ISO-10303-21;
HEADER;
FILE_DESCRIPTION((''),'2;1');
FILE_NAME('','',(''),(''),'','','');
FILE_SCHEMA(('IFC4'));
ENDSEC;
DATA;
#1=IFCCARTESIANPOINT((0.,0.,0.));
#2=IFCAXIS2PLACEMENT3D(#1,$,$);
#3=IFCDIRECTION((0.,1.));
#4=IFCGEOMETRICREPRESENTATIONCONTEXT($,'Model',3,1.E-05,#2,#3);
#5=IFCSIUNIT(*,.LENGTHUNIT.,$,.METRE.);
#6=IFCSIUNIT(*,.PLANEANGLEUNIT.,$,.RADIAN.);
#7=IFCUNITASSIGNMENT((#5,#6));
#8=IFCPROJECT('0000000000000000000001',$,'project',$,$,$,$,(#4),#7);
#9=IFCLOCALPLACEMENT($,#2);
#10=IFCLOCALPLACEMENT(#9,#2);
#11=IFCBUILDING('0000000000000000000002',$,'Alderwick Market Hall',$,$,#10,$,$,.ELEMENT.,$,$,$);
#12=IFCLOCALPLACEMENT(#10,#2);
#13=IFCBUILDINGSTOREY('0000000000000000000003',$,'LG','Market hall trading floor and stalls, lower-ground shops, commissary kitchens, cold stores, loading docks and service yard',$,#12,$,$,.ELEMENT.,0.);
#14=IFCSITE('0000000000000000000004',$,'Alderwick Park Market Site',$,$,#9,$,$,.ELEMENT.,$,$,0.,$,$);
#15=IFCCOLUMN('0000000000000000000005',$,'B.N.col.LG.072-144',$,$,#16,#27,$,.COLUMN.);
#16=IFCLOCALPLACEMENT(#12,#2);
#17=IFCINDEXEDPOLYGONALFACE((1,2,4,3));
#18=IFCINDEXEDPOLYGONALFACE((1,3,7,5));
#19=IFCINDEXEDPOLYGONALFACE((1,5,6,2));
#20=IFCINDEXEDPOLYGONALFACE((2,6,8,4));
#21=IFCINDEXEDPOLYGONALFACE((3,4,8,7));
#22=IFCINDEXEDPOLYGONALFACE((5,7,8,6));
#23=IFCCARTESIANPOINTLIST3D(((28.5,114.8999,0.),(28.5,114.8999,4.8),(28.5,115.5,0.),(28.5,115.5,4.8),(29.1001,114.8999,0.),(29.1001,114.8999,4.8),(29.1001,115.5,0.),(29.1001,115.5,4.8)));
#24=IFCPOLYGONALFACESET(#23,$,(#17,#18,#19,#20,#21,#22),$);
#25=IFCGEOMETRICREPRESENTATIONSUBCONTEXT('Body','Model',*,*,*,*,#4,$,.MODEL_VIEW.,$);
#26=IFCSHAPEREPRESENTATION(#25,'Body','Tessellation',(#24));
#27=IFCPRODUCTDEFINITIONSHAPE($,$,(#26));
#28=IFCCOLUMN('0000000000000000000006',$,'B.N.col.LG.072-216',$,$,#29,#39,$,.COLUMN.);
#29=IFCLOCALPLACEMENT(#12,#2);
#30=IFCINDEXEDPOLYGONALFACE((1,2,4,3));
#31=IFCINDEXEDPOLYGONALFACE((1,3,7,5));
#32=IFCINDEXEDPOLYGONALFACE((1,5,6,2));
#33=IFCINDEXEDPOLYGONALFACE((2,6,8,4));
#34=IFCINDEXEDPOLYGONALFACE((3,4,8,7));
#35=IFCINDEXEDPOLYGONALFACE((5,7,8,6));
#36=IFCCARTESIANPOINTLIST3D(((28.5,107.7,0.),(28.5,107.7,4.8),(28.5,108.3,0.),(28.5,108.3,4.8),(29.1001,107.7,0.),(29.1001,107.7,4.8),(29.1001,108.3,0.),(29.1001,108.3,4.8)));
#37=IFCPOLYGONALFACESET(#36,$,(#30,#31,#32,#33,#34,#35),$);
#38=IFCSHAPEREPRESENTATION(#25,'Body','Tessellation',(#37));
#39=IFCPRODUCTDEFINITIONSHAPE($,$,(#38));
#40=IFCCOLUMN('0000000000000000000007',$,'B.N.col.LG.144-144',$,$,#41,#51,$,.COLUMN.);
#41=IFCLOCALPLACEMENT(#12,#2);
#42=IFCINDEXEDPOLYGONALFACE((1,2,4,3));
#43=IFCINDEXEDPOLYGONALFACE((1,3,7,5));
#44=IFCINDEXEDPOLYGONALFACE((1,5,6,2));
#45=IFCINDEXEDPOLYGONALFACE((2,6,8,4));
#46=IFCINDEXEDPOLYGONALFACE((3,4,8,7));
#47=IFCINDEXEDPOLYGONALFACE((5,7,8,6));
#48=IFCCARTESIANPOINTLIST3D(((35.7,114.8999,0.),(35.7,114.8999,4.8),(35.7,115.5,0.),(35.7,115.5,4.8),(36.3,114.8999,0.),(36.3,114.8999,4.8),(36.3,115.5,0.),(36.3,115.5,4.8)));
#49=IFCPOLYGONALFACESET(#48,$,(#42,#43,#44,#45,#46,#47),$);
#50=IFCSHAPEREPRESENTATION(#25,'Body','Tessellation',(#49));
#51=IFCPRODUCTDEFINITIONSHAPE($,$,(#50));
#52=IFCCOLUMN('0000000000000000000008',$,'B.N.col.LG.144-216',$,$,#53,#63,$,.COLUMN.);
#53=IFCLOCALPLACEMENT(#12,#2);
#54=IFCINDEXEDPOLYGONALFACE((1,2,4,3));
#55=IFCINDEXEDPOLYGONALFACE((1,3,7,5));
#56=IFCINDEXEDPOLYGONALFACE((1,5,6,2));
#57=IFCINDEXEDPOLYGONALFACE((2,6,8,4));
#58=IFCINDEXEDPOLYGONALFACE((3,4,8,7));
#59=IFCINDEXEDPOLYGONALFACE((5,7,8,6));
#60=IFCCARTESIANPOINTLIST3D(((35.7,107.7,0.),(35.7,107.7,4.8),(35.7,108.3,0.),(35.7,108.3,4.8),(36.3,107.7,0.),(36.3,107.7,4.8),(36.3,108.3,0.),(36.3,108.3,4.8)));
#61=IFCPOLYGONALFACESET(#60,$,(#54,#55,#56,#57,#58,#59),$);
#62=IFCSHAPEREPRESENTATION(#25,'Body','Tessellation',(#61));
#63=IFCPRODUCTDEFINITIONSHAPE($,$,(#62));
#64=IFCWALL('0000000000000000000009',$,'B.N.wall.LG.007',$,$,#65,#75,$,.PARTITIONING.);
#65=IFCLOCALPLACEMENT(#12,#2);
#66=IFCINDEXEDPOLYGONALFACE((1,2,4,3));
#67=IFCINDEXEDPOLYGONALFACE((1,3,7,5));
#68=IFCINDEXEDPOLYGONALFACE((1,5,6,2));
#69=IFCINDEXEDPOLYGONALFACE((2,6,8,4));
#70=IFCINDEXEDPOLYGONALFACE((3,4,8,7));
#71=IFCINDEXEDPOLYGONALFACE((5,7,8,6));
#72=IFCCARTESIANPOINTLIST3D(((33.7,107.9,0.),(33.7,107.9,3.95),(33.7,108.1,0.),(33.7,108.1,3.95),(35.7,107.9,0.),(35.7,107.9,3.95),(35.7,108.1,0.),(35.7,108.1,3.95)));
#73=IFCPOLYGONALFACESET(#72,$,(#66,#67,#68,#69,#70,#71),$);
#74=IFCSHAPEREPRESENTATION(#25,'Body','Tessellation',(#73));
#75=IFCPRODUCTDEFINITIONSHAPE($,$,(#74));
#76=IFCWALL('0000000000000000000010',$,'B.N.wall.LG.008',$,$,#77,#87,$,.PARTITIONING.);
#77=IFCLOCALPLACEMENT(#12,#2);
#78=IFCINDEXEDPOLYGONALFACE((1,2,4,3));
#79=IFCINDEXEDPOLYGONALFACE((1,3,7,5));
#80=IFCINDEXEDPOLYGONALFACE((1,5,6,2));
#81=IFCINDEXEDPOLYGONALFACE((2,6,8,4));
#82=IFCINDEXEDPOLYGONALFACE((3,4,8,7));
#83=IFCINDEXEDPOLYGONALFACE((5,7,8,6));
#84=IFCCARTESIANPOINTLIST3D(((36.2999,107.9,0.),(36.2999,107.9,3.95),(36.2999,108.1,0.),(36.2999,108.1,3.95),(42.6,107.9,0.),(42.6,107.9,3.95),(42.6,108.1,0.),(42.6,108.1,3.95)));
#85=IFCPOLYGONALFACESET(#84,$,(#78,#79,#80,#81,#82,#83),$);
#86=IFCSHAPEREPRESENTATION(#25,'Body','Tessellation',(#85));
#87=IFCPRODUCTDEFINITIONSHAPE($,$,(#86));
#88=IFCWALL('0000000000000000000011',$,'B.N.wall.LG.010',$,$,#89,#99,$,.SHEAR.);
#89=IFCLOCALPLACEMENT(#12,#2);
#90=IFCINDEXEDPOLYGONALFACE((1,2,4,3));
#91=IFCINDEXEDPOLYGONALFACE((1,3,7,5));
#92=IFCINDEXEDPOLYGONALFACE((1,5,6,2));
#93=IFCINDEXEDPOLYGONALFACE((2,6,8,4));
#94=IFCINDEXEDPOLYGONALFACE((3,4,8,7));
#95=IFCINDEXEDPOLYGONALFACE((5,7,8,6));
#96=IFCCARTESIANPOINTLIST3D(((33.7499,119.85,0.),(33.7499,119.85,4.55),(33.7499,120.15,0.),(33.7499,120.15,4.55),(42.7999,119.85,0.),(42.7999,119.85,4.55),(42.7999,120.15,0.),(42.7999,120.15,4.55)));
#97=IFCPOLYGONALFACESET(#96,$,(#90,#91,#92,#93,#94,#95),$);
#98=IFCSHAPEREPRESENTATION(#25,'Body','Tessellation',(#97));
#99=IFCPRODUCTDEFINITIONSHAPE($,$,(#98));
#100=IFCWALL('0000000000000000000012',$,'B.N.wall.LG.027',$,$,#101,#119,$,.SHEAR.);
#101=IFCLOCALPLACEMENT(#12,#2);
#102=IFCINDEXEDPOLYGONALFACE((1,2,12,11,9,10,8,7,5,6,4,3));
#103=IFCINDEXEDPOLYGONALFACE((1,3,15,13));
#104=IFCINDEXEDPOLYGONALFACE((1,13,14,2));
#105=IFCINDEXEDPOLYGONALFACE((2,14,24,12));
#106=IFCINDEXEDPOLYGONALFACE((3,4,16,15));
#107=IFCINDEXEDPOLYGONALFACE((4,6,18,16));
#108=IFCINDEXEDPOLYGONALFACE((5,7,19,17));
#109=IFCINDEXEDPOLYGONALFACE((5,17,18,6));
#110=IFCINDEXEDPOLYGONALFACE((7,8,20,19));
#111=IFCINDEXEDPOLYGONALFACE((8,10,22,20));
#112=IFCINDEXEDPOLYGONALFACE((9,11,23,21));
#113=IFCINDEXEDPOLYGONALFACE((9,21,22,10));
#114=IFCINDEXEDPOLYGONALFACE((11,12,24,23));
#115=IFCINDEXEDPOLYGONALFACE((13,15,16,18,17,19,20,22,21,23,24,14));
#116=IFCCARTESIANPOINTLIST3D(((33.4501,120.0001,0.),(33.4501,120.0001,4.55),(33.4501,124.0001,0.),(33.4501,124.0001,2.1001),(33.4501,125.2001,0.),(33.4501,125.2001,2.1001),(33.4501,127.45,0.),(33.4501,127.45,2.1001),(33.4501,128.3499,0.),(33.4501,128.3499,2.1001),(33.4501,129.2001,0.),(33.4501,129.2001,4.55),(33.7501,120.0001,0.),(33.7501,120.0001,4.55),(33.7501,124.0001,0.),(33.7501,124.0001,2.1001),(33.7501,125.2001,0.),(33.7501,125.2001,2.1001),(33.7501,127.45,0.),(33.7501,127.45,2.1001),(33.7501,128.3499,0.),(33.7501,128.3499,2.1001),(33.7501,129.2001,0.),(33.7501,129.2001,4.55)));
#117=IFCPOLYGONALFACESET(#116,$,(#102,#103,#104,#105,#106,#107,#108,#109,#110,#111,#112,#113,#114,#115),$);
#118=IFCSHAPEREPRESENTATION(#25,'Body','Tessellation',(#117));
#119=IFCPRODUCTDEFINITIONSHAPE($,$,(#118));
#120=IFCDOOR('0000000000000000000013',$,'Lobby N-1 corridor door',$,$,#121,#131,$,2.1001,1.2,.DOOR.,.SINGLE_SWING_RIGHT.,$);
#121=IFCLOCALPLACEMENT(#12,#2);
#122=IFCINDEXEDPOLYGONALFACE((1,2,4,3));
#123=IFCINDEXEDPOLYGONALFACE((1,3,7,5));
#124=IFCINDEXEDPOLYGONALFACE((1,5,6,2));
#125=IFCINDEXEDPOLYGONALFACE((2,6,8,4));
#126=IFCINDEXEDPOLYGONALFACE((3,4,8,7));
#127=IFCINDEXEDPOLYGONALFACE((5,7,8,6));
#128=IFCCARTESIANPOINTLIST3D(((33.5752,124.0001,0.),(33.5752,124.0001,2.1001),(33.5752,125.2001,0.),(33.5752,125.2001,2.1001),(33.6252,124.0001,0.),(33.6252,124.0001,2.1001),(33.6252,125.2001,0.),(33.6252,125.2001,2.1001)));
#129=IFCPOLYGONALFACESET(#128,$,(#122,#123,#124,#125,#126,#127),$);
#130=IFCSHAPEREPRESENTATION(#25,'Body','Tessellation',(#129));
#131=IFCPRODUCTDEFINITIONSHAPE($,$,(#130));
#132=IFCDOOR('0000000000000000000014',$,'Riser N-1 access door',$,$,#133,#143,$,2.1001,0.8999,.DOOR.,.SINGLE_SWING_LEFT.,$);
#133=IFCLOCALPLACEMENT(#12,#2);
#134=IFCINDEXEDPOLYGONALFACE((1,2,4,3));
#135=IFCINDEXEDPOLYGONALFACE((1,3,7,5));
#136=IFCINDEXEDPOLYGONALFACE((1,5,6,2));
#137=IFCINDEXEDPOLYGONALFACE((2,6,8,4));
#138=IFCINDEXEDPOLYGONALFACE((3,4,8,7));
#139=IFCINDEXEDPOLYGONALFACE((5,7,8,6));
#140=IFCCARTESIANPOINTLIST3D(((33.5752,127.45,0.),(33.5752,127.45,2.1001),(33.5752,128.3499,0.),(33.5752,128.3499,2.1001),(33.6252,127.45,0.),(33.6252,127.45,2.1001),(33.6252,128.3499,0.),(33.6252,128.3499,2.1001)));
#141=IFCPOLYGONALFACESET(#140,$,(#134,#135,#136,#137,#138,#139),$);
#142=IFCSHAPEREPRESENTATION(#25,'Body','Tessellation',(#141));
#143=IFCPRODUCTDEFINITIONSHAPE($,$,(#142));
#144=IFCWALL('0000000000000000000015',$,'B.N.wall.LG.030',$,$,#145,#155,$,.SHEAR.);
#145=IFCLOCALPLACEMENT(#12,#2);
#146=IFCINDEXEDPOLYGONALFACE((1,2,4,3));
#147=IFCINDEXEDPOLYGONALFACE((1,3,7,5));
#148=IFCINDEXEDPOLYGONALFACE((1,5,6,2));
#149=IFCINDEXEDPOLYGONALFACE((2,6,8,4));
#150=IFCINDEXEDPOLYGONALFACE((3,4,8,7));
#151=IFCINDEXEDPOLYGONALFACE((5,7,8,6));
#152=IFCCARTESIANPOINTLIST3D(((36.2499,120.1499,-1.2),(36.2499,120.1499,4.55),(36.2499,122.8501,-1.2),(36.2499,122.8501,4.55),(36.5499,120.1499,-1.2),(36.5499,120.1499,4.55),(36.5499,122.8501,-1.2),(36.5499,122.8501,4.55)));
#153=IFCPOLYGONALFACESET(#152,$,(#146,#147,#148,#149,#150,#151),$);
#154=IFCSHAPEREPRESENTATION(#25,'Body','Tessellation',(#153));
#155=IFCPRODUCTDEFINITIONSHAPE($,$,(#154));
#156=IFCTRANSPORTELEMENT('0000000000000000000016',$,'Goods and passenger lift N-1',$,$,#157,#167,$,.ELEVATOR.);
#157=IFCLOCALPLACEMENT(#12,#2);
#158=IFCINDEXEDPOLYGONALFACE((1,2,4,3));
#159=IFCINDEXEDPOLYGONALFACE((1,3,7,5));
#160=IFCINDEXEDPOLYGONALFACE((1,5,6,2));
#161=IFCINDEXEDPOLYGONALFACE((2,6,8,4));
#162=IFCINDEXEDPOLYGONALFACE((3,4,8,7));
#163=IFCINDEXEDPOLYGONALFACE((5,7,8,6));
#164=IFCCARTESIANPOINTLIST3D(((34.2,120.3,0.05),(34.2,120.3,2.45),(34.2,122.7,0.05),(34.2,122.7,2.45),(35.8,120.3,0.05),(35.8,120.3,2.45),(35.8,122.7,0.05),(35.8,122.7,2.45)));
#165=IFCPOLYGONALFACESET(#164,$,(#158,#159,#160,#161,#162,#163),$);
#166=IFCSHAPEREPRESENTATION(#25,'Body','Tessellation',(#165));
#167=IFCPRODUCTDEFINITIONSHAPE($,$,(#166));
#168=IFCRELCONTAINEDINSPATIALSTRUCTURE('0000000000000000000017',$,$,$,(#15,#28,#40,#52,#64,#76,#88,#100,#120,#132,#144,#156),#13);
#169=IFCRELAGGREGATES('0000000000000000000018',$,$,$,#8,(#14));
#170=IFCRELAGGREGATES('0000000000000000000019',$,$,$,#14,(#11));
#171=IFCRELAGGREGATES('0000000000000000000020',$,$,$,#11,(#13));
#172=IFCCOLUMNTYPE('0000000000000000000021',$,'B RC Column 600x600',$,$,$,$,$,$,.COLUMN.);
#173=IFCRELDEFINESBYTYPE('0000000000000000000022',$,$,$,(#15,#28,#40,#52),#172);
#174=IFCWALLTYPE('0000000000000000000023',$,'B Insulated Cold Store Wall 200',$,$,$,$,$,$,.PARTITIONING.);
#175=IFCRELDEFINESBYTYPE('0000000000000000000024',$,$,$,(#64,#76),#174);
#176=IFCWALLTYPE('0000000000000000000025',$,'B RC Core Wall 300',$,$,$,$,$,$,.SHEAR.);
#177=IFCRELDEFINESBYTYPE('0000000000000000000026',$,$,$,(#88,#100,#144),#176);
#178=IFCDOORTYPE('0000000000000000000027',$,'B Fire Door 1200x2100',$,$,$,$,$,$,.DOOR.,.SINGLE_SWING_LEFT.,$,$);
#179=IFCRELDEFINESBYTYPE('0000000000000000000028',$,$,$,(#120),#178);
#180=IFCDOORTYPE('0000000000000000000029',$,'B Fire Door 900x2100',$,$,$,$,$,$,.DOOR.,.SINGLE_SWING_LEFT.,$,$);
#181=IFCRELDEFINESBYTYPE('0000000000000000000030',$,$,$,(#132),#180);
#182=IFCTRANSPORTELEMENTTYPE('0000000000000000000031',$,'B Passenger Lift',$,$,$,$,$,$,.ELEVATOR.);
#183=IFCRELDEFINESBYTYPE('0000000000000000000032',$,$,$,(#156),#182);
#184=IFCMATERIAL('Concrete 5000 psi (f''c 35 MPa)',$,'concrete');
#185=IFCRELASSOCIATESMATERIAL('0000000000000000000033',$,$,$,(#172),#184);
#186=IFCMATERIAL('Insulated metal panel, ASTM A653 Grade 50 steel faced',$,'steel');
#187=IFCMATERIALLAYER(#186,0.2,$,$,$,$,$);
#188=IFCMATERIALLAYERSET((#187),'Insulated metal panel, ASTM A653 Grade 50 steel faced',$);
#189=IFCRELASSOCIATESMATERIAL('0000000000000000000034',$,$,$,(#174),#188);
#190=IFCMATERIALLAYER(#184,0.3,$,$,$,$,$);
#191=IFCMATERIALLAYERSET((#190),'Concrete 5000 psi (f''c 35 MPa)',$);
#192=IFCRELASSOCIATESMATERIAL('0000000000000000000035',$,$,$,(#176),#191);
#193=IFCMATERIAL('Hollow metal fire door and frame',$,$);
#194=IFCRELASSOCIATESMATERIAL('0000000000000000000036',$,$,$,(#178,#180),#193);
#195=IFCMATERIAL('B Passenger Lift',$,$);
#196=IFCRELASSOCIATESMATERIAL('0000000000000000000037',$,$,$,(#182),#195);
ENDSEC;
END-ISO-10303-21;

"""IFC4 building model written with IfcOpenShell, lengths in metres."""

from ifc_helpers import new_model, si_unit, direction, frame, frame_2d, origin, origin_2d, place, context, subcontext, project, spatial, rectangle, extrude, material, layer, layer_set, material_profile, profile_set, type_object, element, fill, save


model = new_model("IFC4")

# Units and contexts
model_context = context("Model", 3, precision=1e-05, world=origin(), true_north=direction((0.0, 1.0)))
body_context = subcontext(model_context, "Body", "Model", "MODEL_VIEW")
ifc_project = project(units=[si_unit("LENGTHUNIT", "METRE"), si_unit("PLANEANGLEUNIT", "RADIAN")], contexts=[model_context])

# Site, building, storey
site_placement = place(None, origin())
site = spatial("IfcSite", under=ifc_project, at=site_placement, Name="Alderwick Park Market Site", CompositionType="ELEMENT", RefElevation=0.0)
building_placement = place(site_placement, origin())
building = spatial("IfcBuilding", under=site, at=building_placement, Name="Alderwick Market Hall", CompositionType="ELEMENT")
storey_placement = place(building_placement, origin())
storey = spatial("IfcBuildingStorey", under=building, at=storey_placement, Name="LG", Description="Market hall trading floor and stalls, lower-ground shops, commissary kitchens, cold stores, loading docks and service yard", CompositionType="ELEMENT", Elevation=0.0)

# Shared definitions
ifc_material_1 = material(Name="Concrete 5000 psi (f'c 35 MPa)", Category="concrete")

# Columns
ifc_material_profile_1 = material_profile(ifc_material_1, rectangle(XDim=0.6001, YDim=0.6001, at=origin_2d()), Name="B RC Column 600x600")
ifc_profile_set_1 = profile_set([ifc_material_profile_1], Name="Concrete 5000 psi (f'c 35 MPa)")
column_type = type_object("IfcColumnType", Name="B RC Column 600x600", PredefinedType="COLUMN", material=ifc_profile_set_1)
for number, where, z_axis, x_axis, name in (
    (1, (28.8, 115.2, 0.0), (0.0, 0.0, 1.0), (1.0, 0.0, 0.0), "B.N.col.LG.072-144"),
    (2, (28.8, 108.0, 0.0), (0.0, 0.0, 1.0), (1.0, 0.0, 0.0), "B.N.col.LG.072-216"),
    (3, (36.0, 115.2, 0.0), (0.0, 0.0, 1.0), (1.0, 0.0, 0.0), "B.N.col.LG.144-144"),
    (4, (36.0, 108.0, 0.0), (0.0, 0.0, 1.0), (1.0, 0.0, 0.0), "B.N.col.LG.144-216"),
):
    element("IfcColumn", number, at=place(storey_placement, frame(where, z_axis=z_axis, x_axis=x_axis)), inside=storey, type_object=column_type, Name=name, PredefinedType="COLUMN", context=body_context, shape_type="SweptSolid", body=[
        extrude(rectangle(XDim=0.6001, YDim=0.6001, at=origin_2d()), origin(), (0.0, 0.0, 1.0), 4.8),
    ])

# Walls
ifc_material_2 = material(Name="Insulated metal panel, ASTM A653 Grade 50 steel faced", Category="steel")
ifc_layer_1 = layer(ifc_material_2, 0.2)
ifc_layer_set_1 = layer_set([ifc_layer_1], Name="Insulated metal panel, ASTM A653 Grade 50 steel faced")
wall_type_1 = type_object("IfcWallType", Name="B Insulated Cold Store Wall 200", PredefinedType="PARTITIONING", material=ifc_layer_set_1)
wall_1_placement = place(storey_placement, frame((33.7, 108.0, 0.0), z_axis=(0.0, 0.0, 1.0), x_axis=(1.0, 0.0, 0.0)))
element("IfcWall", 5, at=wall_1_placement, inside=storey, type_object=wall_type_1, Name="B.N.wall.LG.007", PredefinedType="PARTITIONING", context=body_context, shape_type="SweptSolid", body=[
    extrude(rectangle(XDim=2.0, YDim=0.2, at=frame_2d((1.0, 0.0))), origin(), (0.0, 0.0, 1.0), 3.95),
])
wall_2_placement = place(storey_placement, frame((36.3, 108.0, 0.0), z_axis=(0.0, 0.0, 1.0), x_axis=(1.0, 0.0, 0.0)))
element("IfcWall", 6, at=wall_2_placement, inside=storey, type_object=wall_type_1, Name="B.N.wall.LG.008", PredefinedType="PARTITIONING", context=body_context, shape_type="SweptSolid", body=[
    extrude(rectangle(XDim=6.3, YDim=0.2, at=frame_2d((3.1499, 0.0))), origin(), (0.0, 0.0, 1.0), 3.95),
])
ifc_layer_2 = layer(ifc_material_1, 0.3)
ifc_layer_set_2 = layer_set([ifc_layer_2], Name="Concrete 5000 psi (f'c 35 MPa)")
wall_type_2 = type_object("IfcWallType", Name="B RC Core Wall 300", PredefinedType="SHEAR", material=ifc_layer_set_2)
wall_3_placement = place(storey_placement, frame((33.75, 120.0, 0.0), z_axis=(0.0, 0.0, 1.0), x_axis=(1.0, 0.0, 0.0)))
element("IfcWall", 7, at=wall_3_placement, inside=storey, type_object=wall_type_2, Name="B.N.wall.LG.010", PredefinedType="SHEAR", context=body_context, shape_type="SweptSolid", body=[
    extrude(rectangle(XDim=9.05, YDim=0.3, at=frame_2d((4.5249, 0.0))), origin(), (0.0, 0.0, 1.0), 4.55),
])

# Wall, openings, doors
wall_4_placement = place(storey_placement, frame((33.6001, 120.0, 0.0), z_axis=(0.0, 0.0, 1.0), x_axis=(0.0, 1.0, 0.0)))
wall_4 = element("IfcWall", 8, at=wall_4_placement, inside=storey, type_object=wall_type_2, Name="B.N.wall.LG.027", PredefinedType="SHEAR", context=body_context, shape_type="SweptSolid", body=[
    extrude(rectangle(XDim=9.2, YDim=0.3, at=frame_2d((4.6001, 0.0))), origin(), (0.0, 0.0, 1.0), 4.55),
])
opening_1_placement = place(wall_4_placement, frame((4.0, 0.0, 0.0)))
opening_1 = element("IfcOpeningElement", 9, at=opening_1_placement, cuts=wall_4, PredefinedType="OPENING", context=body_context, shape_type="SweptSolid", body=[
    extrude(rectangle(XDim=1.2, YDim=2.1001, at=frame_2d((0.6001, 1.05))), frame((0.0, 0.1599, 0.0), z_axis=(0.0, -1.0, 0.0), x_axis=(1.0, 0.0, 0.0)), (0.0, 0.0, 1.0), 0.3201),
])
opening_2_placement = place(wall_4_placement, frame((7.45, 0.0, 0.0)))
opening_2 = element("IfcOpeningElement", 10, at=opening_2_placement, cuts=wall_4, PredefinedType="OPENING", context=body_context, shape_type="SweptSolid", body=[
    extrude(rectangle(XDim=0.8999, YDim=2.1001, at=frame_2d((0.45, 1.05))), frame((0.0, 0.1599, 0.0), z_axis=(0.0, -1.0, 0.0), x_axis=(1.0, 0.0, 0.0)), (0.0, 0.0, 1.0), 0.3201),
])
ifc_material_3 = material(Name="Hollow metal fire door and frame")
door_type_1 = type_object("IfcDoorType", Name="B Fire Door 1200x2100", OperationType="SINGLE_SWING_LEFT", PredefinedType="DOOR", material=ifc_material_3)
door_1_placement = place(opening_1_placement, origin())
door_1 = element("IfcDoor", 11, at=door_1_placement, inside=storey, type_object=door_type_1, Name="Lobby N-1 corridor door", OperationType="SINGLE_SWING_RIGHT", OverallHeight=2.1001, OverallWidth=1.2, PredefinedType="DOOR", context=body_context, shape_type="SweptSolid", body=[
    extrude(rectangle(XDim=1.2, YDim=2.1001, at=frame_2d((0.6001, 1.05))), frame((0.0, 0.0249, 0.0), z_axis=(0.0, -1.0, 0.0), x_axis=(1.0, 0.0, 0.0)), (0.0, 0.0, 1.0), 0.05),
])
fill(opening_1, door_1)
door_type_2 = type_object("IfcDoorType", Name="B Fire Door 900x2100", OperationType="SINGLE_SWING_LEFT", PredefinedType="DOOR", material=ifc_material_3)
door_2_placement = place(opening_2_placement, origin())
door_2 = element("IfcDoor", 12, at=door_2_placement, inside=storey, type_object=door_type_2, Name="Riser N-1 access door", OperationType="SINGLE_SWING_LEFT", OverallHeight=2.1001, OverallWidth=0.8999, PredefinedType="DOOR", context=body_context, shape_type="SweptSolid", body=[
    extrude(rectangle(XDim=0.8999, YDim=2.1001, at=frame_2d((0.45, 1.05))), frame((0.0, 0.0249, 0.0), z_axis=(0.0, -1.0, 0.0), x_axis=(1.0, 0.0, 0.0)), (0.0, 0.0, 1.0), 0.05),
])
fill(opening_2, door_2)

# Wall
wall_5_placement = place(storey_placement, frame((36.3999, 120.1499, -1.2), z_axis=(0.0, 0.0, 1.0), x_axis=(0.0, 1.0, 0.0)))
element("IfcWall", 13, at=wall_5_placement, inside=storey, type_object=wall_type_2, Name="B.N.wall.LG.030", PredefinedType="SHEAR", context=body_context, shape_type="SweptSolid", body=[
    extrude(rectangle(XDim=2.7002, YDim=0.3, at=frame_2d((1.3501, 0.0))), origin(), (0.0, 0.0, 1.0), 5.75),
])

# Transport element
ifc_material_4 = material(Name="B Passenger Lift")
transport_element_type = type_object("IfcTransportElementType", Name="B Passenger Lift", PredefinedType="ELEVATOR", material=ifc_material_4)
transport_element_placement = place(storey_placement, frame((35.0, 121.5, 0.05), z_axis=(0.0, 0.0, 1.0), x_axis=(1.0, 0.0, 0.0)))
element("IfcTransportElement", 14, at=transport_element_placement, inside=storey, type_object=transport_element_type, Name="Goods and passenger lift N-1", PredefinedType="ELEVATOR", context=body_context, shape_type="SweptSolid", body=[
    extrude(rectangle(XDim=1.6001, YDim=2.3999, at=origin_2d()), origin(), (0.0, 0.0, 1.0), 2.3999),
])

save(model, "model.ifc")
